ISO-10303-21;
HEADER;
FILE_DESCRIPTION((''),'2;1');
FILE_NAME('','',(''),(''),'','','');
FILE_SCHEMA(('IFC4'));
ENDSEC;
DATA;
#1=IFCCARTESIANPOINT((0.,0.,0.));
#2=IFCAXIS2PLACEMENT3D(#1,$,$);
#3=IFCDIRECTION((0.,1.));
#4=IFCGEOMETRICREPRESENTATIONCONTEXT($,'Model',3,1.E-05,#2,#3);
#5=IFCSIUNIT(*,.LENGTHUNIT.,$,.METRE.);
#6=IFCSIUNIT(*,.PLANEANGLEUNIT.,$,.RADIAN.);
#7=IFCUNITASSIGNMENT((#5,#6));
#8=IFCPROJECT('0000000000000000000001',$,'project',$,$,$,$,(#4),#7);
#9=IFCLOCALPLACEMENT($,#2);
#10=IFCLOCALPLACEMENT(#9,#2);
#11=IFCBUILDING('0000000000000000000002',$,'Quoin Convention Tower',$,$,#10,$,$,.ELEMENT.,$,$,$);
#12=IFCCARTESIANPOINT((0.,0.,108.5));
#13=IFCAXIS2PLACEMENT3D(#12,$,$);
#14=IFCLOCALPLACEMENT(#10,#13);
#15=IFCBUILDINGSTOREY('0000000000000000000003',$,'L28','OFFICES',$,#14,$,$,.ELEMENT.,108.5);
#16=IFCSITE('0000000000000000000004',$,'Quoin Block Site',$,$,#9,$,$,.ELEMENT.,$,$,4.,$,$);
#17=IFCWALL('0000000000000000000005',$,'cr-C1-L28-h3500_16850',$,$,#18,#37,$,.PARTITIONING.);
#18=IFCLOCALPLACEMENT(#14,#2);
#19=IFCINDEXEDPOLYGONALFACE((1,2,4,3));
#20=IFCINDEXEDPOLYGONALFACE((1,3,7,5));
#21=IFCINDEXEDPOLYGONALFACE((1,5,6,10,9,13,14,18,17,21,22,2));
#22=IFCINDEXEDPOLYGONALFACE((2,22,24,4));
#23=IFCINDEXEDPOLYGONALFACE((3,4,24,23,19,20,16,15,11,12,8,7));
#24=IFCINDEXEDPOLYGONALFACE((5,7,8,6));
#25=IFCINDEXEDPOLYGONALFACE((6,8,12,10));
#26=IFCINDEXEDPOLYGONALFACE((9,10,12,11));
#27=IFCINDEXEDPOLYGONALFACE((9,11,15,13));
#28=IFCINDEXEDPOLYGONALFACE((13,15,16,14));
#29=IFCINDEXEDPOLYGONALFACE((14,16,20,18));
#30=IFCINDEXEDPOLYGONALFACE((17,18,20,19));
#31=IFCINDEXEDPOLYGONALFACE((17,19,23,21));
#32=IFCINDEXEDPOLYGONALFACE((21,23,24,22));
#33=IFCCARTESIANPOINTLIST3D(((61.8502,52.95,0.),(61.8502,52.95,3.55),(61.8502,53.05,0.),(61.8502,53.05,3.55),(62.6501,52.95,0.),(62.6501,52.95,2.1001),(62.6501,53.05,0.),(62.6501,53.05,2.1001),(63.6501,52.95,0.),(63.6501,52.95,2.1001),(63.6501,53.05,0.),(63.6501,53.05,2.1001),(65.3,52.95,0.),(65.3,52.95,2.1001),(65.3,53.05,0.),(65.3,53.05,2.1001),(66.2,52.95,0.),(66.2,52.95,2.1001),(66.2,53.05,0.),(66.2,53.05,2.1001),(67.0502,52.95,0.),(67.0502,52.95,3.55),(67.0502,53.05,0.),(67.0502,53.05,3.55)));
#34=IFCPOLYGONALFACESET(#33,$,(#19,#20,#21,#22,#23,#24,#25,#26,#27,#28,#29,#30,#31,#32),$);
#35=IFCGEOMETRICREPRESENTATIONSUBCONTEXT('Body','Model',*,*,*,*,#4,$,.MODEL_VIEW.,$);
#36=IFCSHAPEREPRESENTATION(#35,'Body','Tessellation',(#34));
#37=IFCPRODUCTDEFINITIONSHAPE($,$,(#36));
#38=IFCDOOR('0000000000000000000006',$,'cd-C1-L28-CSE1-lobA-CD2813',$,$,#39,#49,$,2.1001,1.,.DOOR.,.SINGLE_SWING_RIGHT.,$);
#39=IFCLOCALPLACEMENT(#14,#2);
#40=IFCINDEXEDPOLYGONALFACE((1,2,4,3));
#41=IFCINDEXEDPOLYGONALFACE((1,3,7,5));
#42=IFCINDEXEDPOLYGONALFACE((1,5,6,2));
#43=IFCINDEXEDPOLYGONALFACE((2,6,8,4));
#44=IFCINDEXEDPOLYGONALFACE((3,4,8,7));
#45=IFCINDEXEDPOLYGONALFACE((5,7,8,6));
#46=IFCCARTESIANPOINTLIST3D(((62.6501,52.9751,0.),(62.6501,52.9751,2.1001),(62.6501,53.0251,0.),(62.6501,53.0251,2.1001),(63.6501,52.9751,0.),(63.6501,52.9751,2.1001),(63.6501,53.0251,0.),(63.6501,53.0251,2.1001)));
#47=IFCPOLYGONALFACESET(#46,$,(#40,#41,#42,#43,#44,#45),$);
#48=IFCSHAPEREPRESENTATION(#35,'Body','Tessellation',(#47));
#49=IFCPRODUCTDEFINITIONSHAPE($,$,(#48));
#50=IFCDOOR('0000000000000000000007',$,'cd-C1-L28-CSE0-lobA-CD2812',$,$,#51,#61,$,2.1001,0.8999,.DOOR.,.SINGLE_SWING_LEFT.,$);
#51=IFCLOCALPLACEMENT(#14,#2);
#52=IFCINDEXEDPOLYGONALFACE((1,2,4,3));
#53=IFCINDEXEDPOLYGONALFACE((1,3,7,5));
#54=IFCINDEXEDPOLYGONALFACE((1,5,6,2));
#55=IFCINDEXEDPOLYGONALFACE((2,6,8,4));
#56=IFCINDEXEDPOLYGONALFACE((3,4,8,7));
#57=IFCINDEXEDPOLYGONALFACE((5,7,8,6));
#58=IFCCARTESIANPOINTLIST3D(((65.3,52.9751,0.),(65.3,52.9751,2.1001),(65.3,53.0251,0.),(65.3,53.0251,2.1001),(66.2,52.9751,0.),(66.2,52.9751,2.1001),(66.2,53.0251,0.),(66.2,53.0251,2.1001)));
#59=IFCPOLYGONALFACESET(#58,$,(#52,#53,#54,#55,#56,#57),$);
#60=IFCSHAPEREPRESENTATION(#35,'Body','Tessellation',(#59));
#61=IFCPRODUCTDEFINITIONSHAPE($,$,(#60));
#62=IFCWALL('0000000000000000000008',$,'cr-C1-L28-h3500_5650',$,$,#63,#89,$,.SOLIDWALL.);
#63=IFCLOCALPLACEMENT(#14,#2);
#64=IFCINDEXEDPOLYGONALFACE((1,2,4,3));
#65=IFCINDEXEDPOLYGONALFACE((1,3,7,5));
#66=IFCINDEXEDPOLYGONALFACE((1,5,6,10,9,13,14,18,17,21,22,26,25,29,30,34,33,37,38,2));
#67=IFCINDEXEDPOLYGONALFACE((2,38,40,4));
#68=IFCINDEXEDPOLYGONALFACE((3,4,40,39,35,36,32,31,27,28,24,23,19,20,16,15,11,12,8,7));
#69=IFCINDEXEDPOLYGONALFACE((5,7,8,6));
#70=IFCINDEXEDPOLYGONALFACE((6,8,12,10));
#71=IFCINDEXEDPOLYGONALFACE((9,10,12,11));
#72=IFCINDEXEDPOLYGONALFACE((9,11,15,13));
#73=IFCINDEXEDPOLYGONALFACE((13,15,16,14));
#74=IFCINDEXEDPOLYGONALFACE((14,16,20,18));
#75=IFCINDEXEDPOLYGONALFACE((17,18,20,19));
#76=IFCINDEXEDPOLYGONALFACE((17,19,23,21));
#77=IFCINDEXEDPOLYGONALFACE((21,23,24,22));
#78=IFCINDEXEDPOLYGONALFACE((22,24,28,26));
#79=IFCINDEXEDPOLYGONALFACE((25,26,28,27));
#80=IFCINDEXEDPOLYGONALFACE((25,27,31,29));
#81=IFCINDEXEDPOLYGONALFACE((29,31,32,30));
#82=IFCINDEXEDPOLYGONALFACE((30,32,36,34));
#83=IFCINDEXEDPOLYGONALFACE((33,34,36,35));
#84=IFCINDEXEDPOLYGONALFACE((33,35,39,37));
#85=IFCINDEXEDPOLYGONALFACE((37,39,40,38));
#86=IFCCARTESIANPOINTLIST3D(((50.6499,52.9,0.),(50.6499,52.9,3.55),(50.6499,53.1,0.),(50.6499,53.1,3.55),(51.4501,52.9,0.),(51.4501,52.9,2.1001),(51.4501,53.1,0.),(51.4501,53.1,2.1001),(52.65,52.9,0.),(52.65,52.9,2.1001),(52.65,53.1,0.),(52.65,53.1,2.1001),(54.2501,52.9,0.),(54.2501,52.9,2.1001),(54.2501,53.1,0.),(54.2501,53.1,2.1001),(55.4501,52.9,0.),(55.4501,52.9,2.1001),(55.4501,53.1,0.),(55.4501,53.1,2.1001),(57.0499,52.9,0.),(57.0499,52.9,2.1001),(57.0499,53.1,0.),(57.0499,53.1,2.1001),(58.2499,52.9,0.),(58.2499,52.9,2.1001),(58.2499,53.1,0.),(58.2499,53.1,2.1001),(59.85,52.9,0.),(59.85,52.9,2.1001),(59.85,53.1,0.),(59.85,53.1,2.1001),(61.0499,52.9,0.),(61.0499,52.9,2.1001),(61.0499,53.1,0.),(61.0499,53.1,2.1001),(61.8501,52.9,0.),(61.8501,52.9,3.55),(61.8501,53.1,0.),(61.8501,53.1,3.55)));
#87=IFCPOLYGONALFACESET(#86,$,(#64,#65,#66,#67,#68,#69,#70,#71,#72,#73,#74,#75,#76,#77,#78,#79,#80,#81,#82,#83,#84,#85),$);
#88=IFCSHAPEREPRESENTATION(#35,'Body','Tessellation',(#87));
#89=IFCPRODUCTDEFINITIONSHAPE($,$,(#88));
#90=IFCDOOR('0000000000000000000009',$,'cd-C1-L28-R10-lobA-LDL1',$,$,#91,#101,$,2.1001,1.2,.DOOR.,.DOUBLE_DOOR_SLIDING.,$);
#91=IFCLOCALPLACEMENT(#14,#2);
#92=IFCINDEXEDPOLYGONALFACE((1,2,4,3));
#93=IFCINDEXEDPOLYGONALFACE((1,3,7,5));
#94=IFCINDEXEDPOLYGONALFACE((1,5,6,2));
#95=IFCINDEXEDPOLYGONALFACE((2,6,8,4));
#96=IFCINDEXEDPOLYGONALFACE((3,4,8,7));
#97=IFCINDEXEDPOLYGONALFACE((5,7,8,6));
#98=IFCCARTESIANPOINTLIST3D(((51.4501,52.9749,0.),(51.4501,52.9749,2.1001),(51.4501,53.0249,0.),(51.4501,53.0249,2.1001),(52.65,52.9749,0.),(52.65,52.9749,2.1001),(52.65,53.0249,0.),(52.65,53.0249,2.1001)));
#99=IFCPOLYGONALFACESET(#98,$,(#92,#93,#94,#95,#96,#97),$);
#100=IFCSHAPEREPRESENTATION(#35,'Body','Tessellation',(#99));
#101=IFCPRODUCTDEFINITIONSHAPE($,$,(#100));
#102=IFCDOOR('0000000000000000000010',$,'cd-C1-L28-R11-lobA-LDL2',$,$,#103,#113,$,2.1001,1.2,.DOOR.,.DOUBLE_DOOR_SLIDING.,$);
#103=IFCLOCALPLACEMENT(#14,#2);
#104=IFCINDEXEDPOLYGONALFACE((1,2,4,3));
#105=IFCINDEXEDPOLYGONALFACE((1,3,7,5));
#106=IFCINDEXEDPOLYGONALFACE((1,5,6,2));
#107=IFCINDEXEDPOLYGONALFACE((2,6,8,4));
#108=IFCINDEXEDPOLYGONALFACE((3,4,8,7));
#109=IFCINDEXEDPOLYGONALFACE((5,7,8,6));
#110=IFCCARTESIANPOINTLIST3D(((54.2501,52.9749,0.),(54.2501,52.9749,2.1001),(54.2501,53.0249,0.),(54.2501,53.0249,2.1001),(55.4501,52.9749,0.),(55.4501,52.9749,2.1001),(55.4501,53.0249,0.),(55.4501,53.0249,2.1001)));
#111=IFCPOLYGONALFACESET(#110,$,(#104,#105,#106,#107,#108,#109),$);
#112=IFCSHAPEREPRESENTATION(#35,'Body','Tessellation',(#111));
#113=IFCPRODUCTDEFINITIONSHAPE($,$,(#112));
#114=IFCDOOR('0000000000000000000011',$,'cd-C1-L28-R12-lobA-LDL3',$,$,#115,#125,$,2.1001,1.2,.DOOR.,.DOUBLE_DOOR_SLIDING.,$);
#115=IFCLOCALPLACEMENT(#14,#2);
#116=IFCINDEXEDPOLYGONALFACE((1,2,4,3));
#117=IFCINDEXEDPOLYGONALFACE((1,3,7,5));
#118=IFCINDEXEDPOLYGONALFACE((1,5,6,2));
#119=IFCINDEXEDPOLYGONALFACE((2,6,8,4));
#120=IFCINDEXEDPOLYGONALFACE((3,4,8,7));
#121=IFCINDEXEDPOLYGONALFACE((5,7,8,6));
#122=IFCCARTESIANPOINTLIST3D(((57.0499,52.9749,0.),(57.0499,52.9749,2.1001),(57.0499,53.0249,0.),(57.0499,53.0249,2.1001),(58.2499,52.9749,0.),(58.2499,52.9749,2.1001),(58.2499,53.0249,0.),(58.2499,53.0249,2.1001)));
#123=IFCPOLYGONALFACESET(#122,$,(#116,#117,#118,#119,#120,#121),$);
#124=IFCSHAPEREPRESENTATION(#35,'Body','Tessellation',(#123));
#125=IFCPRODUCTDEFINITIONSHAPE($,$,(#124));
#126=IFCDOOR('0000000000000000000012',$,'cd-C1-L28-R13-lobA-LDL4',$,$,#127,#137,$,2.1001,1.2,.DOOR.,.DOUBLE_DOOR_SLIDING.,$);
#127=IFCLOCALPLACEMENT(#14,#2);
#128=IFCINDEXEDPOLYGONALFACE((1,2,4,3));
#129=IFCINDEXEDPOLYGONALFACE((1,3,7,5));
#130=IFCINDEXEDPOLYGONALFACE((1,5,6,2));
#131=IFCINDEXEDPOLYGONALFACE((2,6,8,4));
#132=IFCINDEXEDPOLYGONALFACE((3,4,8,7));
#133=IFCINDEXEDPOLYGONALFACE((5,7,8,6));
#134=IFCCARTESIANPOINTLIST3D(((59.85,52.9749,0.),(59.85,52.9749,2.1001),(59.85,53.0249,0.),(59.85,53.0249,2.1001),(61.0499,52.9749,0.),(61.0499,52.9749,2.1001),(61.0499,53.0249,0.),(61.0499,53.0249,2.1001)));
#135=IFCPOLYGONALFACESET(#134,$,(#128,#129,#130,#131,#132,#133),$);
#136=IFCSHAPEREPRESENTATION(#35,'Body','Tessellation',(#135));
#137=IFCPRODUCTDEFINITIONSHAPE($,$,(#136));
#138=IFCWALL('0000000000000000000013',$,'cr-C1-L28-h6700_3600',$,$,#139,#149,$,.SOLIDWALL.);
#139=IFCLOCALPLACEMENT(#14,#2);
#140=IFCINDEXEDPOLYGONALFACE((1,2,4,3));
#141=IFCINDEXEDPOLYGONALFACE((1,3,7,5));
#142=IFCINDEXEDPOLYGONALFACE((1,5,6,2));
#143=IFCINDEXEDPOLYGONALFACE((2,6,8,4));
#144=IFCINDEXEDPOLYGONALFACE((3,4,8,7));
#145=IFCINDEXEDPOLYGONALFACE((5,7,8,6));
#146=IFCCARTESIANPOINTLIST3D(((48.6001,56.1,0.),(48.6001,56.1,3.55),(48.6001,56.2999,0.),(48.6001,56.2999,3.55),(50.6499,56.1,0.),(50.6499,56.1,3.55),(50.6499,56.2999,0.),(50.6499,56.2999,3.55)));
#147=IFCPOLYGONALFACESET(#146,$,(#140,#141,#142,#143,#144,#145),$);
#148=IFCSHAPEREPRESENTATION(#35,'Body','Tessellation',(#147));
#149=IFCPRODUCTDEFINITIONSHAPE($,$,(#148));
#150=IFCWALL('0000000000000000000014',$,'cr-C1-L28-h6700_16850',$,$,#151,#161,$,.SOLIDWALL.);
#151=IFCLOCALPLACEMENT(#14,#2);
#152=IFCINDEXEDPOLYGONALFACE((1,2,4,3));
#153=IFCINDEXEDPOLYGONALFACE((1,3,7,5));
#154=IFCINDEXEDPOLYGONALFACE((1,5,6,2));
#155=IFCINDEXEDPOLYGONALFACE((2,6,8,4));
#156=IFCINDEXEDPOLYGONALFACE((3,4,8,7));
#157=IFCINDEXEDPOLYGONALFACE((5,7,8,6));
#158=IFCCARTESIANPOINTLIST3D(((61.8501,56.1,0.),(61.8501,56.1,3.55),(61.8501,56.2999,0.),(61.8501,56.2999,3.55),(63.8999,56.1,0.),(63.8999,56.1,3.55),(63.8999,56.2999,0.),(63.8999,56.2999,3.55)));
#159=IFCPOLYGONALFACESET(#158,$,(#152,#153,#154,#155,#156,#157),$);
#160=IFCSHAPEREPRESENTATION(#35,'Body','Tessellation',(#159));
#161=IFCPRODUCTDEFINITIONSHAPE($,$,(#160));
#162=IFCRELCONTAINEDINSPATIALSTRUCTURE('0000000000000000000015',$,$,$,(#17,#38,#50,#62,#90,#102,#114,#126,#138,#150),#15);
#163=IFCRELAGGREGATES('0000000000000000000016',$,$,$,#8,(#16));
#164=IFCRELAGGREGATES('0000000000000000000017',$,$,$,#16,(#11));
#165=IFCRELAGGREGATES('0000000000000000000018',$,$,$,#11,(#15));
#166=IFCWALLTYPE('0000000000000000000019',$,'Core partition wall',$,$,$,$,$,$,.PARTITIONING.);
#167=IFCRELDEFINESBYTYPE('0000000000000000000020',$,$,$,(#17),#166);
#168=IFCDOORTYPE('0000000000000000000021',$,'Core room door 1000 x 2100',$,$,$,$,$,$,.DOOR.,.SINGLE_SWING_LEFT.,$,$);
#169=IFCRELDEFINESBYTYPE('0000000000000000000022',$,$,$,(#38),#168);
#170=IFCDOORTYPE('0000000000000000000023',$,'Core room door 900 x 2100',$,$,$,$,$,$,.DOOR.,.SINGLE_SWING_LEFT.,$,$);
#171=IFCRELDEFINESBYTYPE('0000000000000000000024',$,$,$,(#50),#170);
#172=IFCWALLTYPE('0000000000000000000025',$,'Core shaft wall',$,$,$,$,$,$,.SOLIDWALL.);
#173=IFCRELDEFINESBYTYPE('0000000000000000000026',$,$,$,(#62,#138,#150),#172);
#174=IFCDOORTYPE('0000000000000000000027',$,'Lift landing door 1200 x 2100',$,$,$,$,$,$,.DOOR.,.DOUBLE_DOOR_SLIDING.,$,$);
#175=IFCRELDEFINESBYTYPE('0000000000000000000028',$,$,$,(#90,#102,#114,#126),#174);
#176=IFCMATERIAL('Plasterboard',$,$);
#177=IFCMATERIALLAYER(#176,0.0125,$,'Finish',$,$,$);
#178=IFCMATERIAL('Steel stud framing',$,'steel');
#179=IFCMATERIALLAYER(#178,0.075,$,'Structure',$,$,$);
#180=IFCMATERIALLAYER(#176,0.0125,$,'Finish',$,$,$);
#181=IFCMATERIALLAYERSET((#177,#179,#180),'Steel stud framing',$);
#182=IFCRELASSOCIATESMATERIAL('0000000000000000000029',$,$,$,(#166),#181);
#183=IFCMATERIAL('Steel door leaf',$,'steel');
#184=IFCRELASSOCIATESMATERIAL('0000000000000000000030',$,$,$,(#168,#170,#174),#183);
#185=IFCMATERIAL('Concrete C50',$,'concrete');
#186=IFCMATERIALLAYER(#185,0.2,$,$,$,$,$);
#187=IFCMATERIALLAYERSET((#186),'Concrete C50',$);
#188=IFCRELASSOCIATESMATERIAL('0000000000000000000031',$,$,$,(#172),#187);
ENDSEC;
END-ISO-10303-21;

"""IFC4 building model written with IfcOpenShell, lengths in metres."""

from ifc_helpers import new_model, si_unit, direction, frame, frame_2d, origin, place, context, subcontext, project, spatial, rectangle, extrude, material, layer, layer_set, type_object, element, fill, save


model = new_model("IFC4")

# Units and contexts
model_context = context("Model", 3, precision=1e-05, world=origin(), true_north=direction((0.0, 1.0)))
body_context = subcontext(model_context, "Body", "Model", "MODEL_VIEW")
ifc_project = project(units=[si_unit("LENGTHUNIT", "METRE"), si_unit("PLANEANGLEUNIT", "RADIAN")], contexts=[model_context])

# Site, building, storey
site_placement = place(None, origin())
site = spatial("IfcSite", under=ifc_project, at=site_placement, Name="Quoin Block Site", CompositionType="ELEMENT", RefElevation=4.0)
building_placement = place(site_placement, origin())
building = spatial("IfcBuilding", under=site, at=building_placement, Name="Quoin Convention Tower", CompositionType="ELEMENT")
storey_placement = place(building_placement, frame((0.0, 0.0, 108.5)))
storey = spatial("IfcBuildingStorey", under=building, at=storey_placement, Name="L28", Description="OFFICES", CompositionType="ELEMENT", Elevation=108.5)

# Walls, openings, doors
ifc_material_1 = material(Name="Plasterboard")
ifc_layer_1 = layer(ifc_material_1, 0.0125, Name="Finish")
ifc_material_2 = material(Name="Steel stud framing", Category="steel")
ifc_layer_2 = layer(ifc_material_2, 0.075, Name="Structure")
ifc_layer_3 = layer(ifc_material_1, 0.0125, Name="Finish")
ifc_layer_set_1 = layer_set([ifc_layer_1, ifc_layer_2, ifc_layer_3], Name="Steel stud framing")
wall_type_1 = type_object("IfcWallType", Name="Core partition wall", PredefinedType="PARTITIONING", material=ifc_layer_set_1)
wall_1_placement = place(storey_placement, frame((61.8501, 53.0, 0.0), z_axis=(0.0, 0.0, 1.0), x_axis=(1.0, 0.0, 0.0)))
wall_1 = element("IfcWall", 1, at=wall_1_placement, inside=storey, type_object=wall_type_1, Name="cr-C1-L28-h3500_16850", PredefinedType="PARTITIONING", context=body_context, shape_type="SweptSolid", body=[
    extrude(rectangle(XDim=5.2, YDim=0.1001, at=frame_2d((2.6001, 0.0))), origin(), (0.0, 0.0, 1.0), 3.55),
])
opening_1_placement = place(wall_1_placement, frame((3.45, 0.0, 0.0)))
opening_1 = element("IfcOpeningElement", 2, at=opening_1_placement, cuts=wall_1, PredefinedType="OPENING", context=body_context, shape_type="SweptSolid", body=[
    extrude(rectangle(XDim=0.8999, YDim=2.1001, at=frame_2d((0.45, 1.05))), frame((0.0, 0.0601, 0.0), z_axis=(0.0, -1.0, 0.0), x_axis=(1.0, 0.0, 0.0)), (0.0, 0.0, 1.0), 0.1201),
])
opening_2_placement = place(wall_1_placement, frame((0.8, 0.0, 0.0)))
opening_2 = element("IfcOpeningElement", 3, at=opening_2_placement, cuts=wall_1, PredefinedType="OPENING", context=body_context, shape_type="SweptSolid", body=[
    extrude(rectangle(XDim=1.0, YDim=2.1001, at=frame_2d((0.5, 1.05))), frame((0.0, 0.0601, 0.0), z_axis=(0.0, -1.0, 0.0), x_axis=(1.0, 0.0, 0.0)), (0.0, 0.0, 1.0), 0.1201),
])
ifc_material_3 = material(Name="Steel door leaf", Category="steel")
door_type_1 = type_object("IfcDoorType", Name="Core room door 1000 x 2100", OperationType="SINGLE_SWING_LEFT", PredefinedType="DOOR", material=ifc_material_3)
door_1_placement = place(opening_2_placement, frame((1.0, 0.0, 0.0), z_axis=(0.0, 0.0, 1.0), x_axis=(-1.0, 0.0, 0.0)))
door_1 = element("IfcDoor", 4, at=door_1_placement, inside=storey, type_object=door_type_1, Name="cd-C1-L28-CSE1-lobA-CD2813", OperationType="SINGLE_SWING_RIGHT", OverallHeight=2.1001, OverallWidth=1.0, PredefinedType="DOOR", context=body_context, shape_type="SweptSolid", body=[
    extrude(rectangle(XDim=1.0, YDim=2.1001, at=frame_2d((0.5, 1.05))), frame((0.0, 0.0249, 0.0), z_axis=(0.0, -1.0, 0.0), x_axis=(1.0, 0.0, 0.0)), (0.0, 0.0, 1.0), 0.05),
])
fill(opening_2, door_1)
door_type_2 = type_object("IfcDoorType", Name="Core room door 900 x 2100", OperationType="SINGLE_SWING_LEFT", PredefinedType="DOOR", material=ifc_material_3)
door_2_placement = place(opening_1_placement, frame((0.8999, 0.0, 0.0), z_axis=(0.0, 0.0, 1.0), x_axis=(-1.0, 0.0, 0.0)))
door_2 = element("IfcDoor", 5, at=door_2_placement, inside=storey, type_object=door_type_2, Name="cd-C1-L28-CSE0-lobA-CD2812", OperationType="SINGLE_SWING_LEFT", OverallHeight=2.1001, OverallWidth=0.8999, PredefinedType="DOOR", context=body_context, shape_type="SweptSolid", body=[
    extrude(rectangle(XDim=0.8999, YDim=2.1001, at=frame_2d((0.45, 1.05))), frame((0.0, 0.0249, 0.0), z_axis=(0.0, -1.0, 0.0), x_axis=(1.0, 0.0, 0.0)), (0.0, 0.0, 1.0), 0.05),
])
fill(opening_1, door_2)
ifc_material_4 = material(Name="Concrete C50", Category="concrete")
ifc_layer_4 = layer(ifc_material_4, 0.2)
ifc_layer_set_2 = layer_set([ifc_layer_4], Name="Concrete C50")
wall_type_2 = type_object("IfcWallType", Name="Core shaft wall", PredefinedType="SOLIDWALL", material=ifc_layer_set_2)
wall_2_placement = place(storey_placement, frame((50.6499, 53.0, 0.0), z_axis=(0.0, 0.0, 1.0), x_axis=(1.0, 0.0, 0.0)))
wall_2 = element("IfcWall", 6, at=wall_2_placement, inside=storey, type_object=wall_type_2, Name="cr-C1-L28-h3500_5650", PredefinedType="SOLIDWALL", context=body_context, shape_type="SweptSolid", body=[
    extrude(rectangle(XDim=11.2002, YDim=0.2, at=frame_2d((5.6001, 0.0))), origin(), (0.0, 0.0, 1.0), 3.55),
])
opening_3_placement = place(wall_2_placement, frame((0.8, 0.0, 0.0)))
opening_3 = element("IfcOpeningElement", 7, at=opening_3_placement, cuts=wall_2, PredefinedType="OPENING", context=body_context, shape_type="SweptSolid", body=[
    extrude(rectangle(XDim=1.2, YDim=2.1001, at=frame_2d((0.6001, 1.05))), frame((0.0, 0.1099, 0.0), z_axis=(0.0, -1.0, 0.0), x_axis=(1.0, 0.0, 0.0)), (0.0, 0.0, 1.0), 0.22),
])
opening_4_placement = place(wall_2_placement, frame((3.6001, 0.0, 0.0)))
opening_4 = element("IfcOpeningElement", 8, at=opening_4_placement, cuts=wall_2, PredefinedType="OPENING", context=body_context, shape_type="SweptSolid", body=[
    extrude(rectangle(XDim=1.2, YDim=2.1001, at=frame_2d((0.6001, 1.05))), frame((0.0, 0.1099, 0.0), z_axis=(0.0, -1.0, 0.0), x_axis=(1.0, 0.0, 0.0)), (0.0, 0.0, 1.0), 0.22),
])
opening_5_placement = place(wall_2_placement, frame((6.3999, 0.0, 0.0)))
opening_5 = element("IfcOpeningElement", 9, at=opening_5_placement, cuts=wall_2, PredefinedType="OPENING", context=body_context, shape_type="SweptSolid", body=[
    extrude(rectangle(XDim=1.2, YDim=2.1001, at=frame_2d((0.6001, 1.05))), frame((0.0, 0.1099, 0.0), z_axis=(0.0, -1.0, 0.0), x_axis=(1.0, 0.0, 0.0)), (0.0, 0.0, 1.0), 0.22),
])
opening_6_placement = place(wall_2_placement, frame((9.2, 0.0, 0.0)))
opening_6 = element("IfcOpeningElement", 10, at=opening_6_placement, cuts=wall_2, PredefinedType="OPENING", context=body_context, shape_type="SweptSolid", body=[
    extrude(rectangle(XDim=1.2, YDim=2.1001, at=frame_2d((0.6001, 1.05))), frame((0.0, 0.1099, 0.0), z_axis=(0.0, -1.0, 0.0), x_axis=(1.0, 0.0, 0.0)), (0.0, 0.0, 1.0), 0.22),
])
door_type_3 = type_object("IfcDoorType", Name="Lift landing door 1200 x 2100", OperationType="DOUBLE_DOOR_SLIDING", PredefinedType="DOOR", material=ifc_material_3)
door_3_placement = place(opening_3_placement, origin())
door_3 = element("IfcDoor", 11, at=door_3_placement, inside=storey, type_object=door_type_3, Name="cd-C1-L28-R10-lobA-LDL1", OperationType="DOUBLE_DOOR_SLIDING", OverallHeight=2.1001, OverallWidth=1.2, PredefinedType="DOOR", context=body_context, shape_type="SweptSolid", body=[
    extrude(rectangle(XDim=1.2, YDim=2.1001, at=frame_2d((0.6001, 1.05))), frame((0.0, 0.0249, 0.0), z_axis=(0.0, -1.0, 0.0), x_axis=(1.0, 0.0, 0.0)), (0.0, 0.0, 1.0), 0.05),
])
fill(opening_3, door_3)
door_4_placement = place(opening_4_placement, origin())
door_4 = element("IfcDoor", 12, at=door_4_placement, inside=storey, type_object=door_type_3, Name="cd-C1-L28-R11-lobA-LDL2", OperationType="DOUBLE_DOOR_SLIDING", OverallHeight=2.1001, OverallWidth=1.2, PredefinedType="DOOR", context=body_context, shape_type="SweptSolid", body=[
    extrude(rectangle(XDim=1.2, YDim=2.1001, at=frame_2d((0.6001, 1.05))), frame((0.0, 0.0249, 0.0), z_axis=(0.0, -1.0, 0.0), x_axis=(1.0, 0.0, 0.0)), (0.0, 0.0, 1.0), 0.05),
])
fill(opening_4, door_4)
door_5_placement = place(opening_5_placement, origin())
door_5 = element("IfcDoor", 13, at=door_5_placement, inside=storey, type_object=door_type_3, Name="cd-C1-L28-R12-lobA-LDL3", OperationType="DOUBLE_DOOR_SLIDING", OverallHeight=2.1001, OverallWidth=1.2, PredefinedType="DOOR", context=body_context, shape_type="SweptSolid", body=[
    extrude(rectangle(XDim=1.2, YDim=2.1001, at=frame_2d((0.6001, 1.05))), frame((0.0, 0.0249, 0.0), z_axis=(0.0, -1.0, 0.0), x_axis=(1.0, 0.0, 0.0)), (0.0, 0.0, 1.0), 0.05),
])
fill(opening_5, door_5)
door_6_placement = place(opening_6_placement, origin())
door_6 = element("IfcDoor", 14, at=door_6_placement, inside=storey, type_object=door_type_3, Name="cd-C1-L28-R13-lobA-LDL4", OperationType="DOUBLE_DOOR_SLIDING", OverallHeight=2.1001, OverallWidth=1.2, PredefinedType="DOOR", context=body_context, shape_type="SweptSolid", body=[
    extrude(rectangle(XDim=1.2, YDim=2.1001, at=frame_2d((0.6001, 1.05))), frame((0.0, 0.0249, 0.0), z_axis=(0.0, -1.0, 0.0), x_axis=(1.0, 0.0, 0.0)), (0.0, 0.0, 1.0), 0.05),
])
fill(opening_6, door_6)

# Walls
for number, where, z_axis, x_axis, name in (
    (15, (48.6001, 56.2, 0.0), (0.0, 0.0, 1.0), (1.0, 0.0, 0.0), "cr-C1-L28-h6700_3600"),
    (16, (61.8501, 56.2, 0.0), (0.0, 0.0, 1.0), (1.0, 0.0, 0.0), "cr-C1-L28-h6700_16850"),
):
    element("IfcWall", number, at=place(storey_placement, frame(where, z_axis=z_axis, x_axis=x_axis)), inside=storey, type_object=wall_type_2, Name=name, PredefinedType="SOLIDWALL", context=body_context, shape_type="SweptSolid", body=[
        extrude(rectangle(XDim=2.0498, YDim=0.2, at=frame_2d((1.0249, 0.0))), origin(), (0.0, 0.0, 1.0), 3.55),
    ])

save(model, "model.ifc")
